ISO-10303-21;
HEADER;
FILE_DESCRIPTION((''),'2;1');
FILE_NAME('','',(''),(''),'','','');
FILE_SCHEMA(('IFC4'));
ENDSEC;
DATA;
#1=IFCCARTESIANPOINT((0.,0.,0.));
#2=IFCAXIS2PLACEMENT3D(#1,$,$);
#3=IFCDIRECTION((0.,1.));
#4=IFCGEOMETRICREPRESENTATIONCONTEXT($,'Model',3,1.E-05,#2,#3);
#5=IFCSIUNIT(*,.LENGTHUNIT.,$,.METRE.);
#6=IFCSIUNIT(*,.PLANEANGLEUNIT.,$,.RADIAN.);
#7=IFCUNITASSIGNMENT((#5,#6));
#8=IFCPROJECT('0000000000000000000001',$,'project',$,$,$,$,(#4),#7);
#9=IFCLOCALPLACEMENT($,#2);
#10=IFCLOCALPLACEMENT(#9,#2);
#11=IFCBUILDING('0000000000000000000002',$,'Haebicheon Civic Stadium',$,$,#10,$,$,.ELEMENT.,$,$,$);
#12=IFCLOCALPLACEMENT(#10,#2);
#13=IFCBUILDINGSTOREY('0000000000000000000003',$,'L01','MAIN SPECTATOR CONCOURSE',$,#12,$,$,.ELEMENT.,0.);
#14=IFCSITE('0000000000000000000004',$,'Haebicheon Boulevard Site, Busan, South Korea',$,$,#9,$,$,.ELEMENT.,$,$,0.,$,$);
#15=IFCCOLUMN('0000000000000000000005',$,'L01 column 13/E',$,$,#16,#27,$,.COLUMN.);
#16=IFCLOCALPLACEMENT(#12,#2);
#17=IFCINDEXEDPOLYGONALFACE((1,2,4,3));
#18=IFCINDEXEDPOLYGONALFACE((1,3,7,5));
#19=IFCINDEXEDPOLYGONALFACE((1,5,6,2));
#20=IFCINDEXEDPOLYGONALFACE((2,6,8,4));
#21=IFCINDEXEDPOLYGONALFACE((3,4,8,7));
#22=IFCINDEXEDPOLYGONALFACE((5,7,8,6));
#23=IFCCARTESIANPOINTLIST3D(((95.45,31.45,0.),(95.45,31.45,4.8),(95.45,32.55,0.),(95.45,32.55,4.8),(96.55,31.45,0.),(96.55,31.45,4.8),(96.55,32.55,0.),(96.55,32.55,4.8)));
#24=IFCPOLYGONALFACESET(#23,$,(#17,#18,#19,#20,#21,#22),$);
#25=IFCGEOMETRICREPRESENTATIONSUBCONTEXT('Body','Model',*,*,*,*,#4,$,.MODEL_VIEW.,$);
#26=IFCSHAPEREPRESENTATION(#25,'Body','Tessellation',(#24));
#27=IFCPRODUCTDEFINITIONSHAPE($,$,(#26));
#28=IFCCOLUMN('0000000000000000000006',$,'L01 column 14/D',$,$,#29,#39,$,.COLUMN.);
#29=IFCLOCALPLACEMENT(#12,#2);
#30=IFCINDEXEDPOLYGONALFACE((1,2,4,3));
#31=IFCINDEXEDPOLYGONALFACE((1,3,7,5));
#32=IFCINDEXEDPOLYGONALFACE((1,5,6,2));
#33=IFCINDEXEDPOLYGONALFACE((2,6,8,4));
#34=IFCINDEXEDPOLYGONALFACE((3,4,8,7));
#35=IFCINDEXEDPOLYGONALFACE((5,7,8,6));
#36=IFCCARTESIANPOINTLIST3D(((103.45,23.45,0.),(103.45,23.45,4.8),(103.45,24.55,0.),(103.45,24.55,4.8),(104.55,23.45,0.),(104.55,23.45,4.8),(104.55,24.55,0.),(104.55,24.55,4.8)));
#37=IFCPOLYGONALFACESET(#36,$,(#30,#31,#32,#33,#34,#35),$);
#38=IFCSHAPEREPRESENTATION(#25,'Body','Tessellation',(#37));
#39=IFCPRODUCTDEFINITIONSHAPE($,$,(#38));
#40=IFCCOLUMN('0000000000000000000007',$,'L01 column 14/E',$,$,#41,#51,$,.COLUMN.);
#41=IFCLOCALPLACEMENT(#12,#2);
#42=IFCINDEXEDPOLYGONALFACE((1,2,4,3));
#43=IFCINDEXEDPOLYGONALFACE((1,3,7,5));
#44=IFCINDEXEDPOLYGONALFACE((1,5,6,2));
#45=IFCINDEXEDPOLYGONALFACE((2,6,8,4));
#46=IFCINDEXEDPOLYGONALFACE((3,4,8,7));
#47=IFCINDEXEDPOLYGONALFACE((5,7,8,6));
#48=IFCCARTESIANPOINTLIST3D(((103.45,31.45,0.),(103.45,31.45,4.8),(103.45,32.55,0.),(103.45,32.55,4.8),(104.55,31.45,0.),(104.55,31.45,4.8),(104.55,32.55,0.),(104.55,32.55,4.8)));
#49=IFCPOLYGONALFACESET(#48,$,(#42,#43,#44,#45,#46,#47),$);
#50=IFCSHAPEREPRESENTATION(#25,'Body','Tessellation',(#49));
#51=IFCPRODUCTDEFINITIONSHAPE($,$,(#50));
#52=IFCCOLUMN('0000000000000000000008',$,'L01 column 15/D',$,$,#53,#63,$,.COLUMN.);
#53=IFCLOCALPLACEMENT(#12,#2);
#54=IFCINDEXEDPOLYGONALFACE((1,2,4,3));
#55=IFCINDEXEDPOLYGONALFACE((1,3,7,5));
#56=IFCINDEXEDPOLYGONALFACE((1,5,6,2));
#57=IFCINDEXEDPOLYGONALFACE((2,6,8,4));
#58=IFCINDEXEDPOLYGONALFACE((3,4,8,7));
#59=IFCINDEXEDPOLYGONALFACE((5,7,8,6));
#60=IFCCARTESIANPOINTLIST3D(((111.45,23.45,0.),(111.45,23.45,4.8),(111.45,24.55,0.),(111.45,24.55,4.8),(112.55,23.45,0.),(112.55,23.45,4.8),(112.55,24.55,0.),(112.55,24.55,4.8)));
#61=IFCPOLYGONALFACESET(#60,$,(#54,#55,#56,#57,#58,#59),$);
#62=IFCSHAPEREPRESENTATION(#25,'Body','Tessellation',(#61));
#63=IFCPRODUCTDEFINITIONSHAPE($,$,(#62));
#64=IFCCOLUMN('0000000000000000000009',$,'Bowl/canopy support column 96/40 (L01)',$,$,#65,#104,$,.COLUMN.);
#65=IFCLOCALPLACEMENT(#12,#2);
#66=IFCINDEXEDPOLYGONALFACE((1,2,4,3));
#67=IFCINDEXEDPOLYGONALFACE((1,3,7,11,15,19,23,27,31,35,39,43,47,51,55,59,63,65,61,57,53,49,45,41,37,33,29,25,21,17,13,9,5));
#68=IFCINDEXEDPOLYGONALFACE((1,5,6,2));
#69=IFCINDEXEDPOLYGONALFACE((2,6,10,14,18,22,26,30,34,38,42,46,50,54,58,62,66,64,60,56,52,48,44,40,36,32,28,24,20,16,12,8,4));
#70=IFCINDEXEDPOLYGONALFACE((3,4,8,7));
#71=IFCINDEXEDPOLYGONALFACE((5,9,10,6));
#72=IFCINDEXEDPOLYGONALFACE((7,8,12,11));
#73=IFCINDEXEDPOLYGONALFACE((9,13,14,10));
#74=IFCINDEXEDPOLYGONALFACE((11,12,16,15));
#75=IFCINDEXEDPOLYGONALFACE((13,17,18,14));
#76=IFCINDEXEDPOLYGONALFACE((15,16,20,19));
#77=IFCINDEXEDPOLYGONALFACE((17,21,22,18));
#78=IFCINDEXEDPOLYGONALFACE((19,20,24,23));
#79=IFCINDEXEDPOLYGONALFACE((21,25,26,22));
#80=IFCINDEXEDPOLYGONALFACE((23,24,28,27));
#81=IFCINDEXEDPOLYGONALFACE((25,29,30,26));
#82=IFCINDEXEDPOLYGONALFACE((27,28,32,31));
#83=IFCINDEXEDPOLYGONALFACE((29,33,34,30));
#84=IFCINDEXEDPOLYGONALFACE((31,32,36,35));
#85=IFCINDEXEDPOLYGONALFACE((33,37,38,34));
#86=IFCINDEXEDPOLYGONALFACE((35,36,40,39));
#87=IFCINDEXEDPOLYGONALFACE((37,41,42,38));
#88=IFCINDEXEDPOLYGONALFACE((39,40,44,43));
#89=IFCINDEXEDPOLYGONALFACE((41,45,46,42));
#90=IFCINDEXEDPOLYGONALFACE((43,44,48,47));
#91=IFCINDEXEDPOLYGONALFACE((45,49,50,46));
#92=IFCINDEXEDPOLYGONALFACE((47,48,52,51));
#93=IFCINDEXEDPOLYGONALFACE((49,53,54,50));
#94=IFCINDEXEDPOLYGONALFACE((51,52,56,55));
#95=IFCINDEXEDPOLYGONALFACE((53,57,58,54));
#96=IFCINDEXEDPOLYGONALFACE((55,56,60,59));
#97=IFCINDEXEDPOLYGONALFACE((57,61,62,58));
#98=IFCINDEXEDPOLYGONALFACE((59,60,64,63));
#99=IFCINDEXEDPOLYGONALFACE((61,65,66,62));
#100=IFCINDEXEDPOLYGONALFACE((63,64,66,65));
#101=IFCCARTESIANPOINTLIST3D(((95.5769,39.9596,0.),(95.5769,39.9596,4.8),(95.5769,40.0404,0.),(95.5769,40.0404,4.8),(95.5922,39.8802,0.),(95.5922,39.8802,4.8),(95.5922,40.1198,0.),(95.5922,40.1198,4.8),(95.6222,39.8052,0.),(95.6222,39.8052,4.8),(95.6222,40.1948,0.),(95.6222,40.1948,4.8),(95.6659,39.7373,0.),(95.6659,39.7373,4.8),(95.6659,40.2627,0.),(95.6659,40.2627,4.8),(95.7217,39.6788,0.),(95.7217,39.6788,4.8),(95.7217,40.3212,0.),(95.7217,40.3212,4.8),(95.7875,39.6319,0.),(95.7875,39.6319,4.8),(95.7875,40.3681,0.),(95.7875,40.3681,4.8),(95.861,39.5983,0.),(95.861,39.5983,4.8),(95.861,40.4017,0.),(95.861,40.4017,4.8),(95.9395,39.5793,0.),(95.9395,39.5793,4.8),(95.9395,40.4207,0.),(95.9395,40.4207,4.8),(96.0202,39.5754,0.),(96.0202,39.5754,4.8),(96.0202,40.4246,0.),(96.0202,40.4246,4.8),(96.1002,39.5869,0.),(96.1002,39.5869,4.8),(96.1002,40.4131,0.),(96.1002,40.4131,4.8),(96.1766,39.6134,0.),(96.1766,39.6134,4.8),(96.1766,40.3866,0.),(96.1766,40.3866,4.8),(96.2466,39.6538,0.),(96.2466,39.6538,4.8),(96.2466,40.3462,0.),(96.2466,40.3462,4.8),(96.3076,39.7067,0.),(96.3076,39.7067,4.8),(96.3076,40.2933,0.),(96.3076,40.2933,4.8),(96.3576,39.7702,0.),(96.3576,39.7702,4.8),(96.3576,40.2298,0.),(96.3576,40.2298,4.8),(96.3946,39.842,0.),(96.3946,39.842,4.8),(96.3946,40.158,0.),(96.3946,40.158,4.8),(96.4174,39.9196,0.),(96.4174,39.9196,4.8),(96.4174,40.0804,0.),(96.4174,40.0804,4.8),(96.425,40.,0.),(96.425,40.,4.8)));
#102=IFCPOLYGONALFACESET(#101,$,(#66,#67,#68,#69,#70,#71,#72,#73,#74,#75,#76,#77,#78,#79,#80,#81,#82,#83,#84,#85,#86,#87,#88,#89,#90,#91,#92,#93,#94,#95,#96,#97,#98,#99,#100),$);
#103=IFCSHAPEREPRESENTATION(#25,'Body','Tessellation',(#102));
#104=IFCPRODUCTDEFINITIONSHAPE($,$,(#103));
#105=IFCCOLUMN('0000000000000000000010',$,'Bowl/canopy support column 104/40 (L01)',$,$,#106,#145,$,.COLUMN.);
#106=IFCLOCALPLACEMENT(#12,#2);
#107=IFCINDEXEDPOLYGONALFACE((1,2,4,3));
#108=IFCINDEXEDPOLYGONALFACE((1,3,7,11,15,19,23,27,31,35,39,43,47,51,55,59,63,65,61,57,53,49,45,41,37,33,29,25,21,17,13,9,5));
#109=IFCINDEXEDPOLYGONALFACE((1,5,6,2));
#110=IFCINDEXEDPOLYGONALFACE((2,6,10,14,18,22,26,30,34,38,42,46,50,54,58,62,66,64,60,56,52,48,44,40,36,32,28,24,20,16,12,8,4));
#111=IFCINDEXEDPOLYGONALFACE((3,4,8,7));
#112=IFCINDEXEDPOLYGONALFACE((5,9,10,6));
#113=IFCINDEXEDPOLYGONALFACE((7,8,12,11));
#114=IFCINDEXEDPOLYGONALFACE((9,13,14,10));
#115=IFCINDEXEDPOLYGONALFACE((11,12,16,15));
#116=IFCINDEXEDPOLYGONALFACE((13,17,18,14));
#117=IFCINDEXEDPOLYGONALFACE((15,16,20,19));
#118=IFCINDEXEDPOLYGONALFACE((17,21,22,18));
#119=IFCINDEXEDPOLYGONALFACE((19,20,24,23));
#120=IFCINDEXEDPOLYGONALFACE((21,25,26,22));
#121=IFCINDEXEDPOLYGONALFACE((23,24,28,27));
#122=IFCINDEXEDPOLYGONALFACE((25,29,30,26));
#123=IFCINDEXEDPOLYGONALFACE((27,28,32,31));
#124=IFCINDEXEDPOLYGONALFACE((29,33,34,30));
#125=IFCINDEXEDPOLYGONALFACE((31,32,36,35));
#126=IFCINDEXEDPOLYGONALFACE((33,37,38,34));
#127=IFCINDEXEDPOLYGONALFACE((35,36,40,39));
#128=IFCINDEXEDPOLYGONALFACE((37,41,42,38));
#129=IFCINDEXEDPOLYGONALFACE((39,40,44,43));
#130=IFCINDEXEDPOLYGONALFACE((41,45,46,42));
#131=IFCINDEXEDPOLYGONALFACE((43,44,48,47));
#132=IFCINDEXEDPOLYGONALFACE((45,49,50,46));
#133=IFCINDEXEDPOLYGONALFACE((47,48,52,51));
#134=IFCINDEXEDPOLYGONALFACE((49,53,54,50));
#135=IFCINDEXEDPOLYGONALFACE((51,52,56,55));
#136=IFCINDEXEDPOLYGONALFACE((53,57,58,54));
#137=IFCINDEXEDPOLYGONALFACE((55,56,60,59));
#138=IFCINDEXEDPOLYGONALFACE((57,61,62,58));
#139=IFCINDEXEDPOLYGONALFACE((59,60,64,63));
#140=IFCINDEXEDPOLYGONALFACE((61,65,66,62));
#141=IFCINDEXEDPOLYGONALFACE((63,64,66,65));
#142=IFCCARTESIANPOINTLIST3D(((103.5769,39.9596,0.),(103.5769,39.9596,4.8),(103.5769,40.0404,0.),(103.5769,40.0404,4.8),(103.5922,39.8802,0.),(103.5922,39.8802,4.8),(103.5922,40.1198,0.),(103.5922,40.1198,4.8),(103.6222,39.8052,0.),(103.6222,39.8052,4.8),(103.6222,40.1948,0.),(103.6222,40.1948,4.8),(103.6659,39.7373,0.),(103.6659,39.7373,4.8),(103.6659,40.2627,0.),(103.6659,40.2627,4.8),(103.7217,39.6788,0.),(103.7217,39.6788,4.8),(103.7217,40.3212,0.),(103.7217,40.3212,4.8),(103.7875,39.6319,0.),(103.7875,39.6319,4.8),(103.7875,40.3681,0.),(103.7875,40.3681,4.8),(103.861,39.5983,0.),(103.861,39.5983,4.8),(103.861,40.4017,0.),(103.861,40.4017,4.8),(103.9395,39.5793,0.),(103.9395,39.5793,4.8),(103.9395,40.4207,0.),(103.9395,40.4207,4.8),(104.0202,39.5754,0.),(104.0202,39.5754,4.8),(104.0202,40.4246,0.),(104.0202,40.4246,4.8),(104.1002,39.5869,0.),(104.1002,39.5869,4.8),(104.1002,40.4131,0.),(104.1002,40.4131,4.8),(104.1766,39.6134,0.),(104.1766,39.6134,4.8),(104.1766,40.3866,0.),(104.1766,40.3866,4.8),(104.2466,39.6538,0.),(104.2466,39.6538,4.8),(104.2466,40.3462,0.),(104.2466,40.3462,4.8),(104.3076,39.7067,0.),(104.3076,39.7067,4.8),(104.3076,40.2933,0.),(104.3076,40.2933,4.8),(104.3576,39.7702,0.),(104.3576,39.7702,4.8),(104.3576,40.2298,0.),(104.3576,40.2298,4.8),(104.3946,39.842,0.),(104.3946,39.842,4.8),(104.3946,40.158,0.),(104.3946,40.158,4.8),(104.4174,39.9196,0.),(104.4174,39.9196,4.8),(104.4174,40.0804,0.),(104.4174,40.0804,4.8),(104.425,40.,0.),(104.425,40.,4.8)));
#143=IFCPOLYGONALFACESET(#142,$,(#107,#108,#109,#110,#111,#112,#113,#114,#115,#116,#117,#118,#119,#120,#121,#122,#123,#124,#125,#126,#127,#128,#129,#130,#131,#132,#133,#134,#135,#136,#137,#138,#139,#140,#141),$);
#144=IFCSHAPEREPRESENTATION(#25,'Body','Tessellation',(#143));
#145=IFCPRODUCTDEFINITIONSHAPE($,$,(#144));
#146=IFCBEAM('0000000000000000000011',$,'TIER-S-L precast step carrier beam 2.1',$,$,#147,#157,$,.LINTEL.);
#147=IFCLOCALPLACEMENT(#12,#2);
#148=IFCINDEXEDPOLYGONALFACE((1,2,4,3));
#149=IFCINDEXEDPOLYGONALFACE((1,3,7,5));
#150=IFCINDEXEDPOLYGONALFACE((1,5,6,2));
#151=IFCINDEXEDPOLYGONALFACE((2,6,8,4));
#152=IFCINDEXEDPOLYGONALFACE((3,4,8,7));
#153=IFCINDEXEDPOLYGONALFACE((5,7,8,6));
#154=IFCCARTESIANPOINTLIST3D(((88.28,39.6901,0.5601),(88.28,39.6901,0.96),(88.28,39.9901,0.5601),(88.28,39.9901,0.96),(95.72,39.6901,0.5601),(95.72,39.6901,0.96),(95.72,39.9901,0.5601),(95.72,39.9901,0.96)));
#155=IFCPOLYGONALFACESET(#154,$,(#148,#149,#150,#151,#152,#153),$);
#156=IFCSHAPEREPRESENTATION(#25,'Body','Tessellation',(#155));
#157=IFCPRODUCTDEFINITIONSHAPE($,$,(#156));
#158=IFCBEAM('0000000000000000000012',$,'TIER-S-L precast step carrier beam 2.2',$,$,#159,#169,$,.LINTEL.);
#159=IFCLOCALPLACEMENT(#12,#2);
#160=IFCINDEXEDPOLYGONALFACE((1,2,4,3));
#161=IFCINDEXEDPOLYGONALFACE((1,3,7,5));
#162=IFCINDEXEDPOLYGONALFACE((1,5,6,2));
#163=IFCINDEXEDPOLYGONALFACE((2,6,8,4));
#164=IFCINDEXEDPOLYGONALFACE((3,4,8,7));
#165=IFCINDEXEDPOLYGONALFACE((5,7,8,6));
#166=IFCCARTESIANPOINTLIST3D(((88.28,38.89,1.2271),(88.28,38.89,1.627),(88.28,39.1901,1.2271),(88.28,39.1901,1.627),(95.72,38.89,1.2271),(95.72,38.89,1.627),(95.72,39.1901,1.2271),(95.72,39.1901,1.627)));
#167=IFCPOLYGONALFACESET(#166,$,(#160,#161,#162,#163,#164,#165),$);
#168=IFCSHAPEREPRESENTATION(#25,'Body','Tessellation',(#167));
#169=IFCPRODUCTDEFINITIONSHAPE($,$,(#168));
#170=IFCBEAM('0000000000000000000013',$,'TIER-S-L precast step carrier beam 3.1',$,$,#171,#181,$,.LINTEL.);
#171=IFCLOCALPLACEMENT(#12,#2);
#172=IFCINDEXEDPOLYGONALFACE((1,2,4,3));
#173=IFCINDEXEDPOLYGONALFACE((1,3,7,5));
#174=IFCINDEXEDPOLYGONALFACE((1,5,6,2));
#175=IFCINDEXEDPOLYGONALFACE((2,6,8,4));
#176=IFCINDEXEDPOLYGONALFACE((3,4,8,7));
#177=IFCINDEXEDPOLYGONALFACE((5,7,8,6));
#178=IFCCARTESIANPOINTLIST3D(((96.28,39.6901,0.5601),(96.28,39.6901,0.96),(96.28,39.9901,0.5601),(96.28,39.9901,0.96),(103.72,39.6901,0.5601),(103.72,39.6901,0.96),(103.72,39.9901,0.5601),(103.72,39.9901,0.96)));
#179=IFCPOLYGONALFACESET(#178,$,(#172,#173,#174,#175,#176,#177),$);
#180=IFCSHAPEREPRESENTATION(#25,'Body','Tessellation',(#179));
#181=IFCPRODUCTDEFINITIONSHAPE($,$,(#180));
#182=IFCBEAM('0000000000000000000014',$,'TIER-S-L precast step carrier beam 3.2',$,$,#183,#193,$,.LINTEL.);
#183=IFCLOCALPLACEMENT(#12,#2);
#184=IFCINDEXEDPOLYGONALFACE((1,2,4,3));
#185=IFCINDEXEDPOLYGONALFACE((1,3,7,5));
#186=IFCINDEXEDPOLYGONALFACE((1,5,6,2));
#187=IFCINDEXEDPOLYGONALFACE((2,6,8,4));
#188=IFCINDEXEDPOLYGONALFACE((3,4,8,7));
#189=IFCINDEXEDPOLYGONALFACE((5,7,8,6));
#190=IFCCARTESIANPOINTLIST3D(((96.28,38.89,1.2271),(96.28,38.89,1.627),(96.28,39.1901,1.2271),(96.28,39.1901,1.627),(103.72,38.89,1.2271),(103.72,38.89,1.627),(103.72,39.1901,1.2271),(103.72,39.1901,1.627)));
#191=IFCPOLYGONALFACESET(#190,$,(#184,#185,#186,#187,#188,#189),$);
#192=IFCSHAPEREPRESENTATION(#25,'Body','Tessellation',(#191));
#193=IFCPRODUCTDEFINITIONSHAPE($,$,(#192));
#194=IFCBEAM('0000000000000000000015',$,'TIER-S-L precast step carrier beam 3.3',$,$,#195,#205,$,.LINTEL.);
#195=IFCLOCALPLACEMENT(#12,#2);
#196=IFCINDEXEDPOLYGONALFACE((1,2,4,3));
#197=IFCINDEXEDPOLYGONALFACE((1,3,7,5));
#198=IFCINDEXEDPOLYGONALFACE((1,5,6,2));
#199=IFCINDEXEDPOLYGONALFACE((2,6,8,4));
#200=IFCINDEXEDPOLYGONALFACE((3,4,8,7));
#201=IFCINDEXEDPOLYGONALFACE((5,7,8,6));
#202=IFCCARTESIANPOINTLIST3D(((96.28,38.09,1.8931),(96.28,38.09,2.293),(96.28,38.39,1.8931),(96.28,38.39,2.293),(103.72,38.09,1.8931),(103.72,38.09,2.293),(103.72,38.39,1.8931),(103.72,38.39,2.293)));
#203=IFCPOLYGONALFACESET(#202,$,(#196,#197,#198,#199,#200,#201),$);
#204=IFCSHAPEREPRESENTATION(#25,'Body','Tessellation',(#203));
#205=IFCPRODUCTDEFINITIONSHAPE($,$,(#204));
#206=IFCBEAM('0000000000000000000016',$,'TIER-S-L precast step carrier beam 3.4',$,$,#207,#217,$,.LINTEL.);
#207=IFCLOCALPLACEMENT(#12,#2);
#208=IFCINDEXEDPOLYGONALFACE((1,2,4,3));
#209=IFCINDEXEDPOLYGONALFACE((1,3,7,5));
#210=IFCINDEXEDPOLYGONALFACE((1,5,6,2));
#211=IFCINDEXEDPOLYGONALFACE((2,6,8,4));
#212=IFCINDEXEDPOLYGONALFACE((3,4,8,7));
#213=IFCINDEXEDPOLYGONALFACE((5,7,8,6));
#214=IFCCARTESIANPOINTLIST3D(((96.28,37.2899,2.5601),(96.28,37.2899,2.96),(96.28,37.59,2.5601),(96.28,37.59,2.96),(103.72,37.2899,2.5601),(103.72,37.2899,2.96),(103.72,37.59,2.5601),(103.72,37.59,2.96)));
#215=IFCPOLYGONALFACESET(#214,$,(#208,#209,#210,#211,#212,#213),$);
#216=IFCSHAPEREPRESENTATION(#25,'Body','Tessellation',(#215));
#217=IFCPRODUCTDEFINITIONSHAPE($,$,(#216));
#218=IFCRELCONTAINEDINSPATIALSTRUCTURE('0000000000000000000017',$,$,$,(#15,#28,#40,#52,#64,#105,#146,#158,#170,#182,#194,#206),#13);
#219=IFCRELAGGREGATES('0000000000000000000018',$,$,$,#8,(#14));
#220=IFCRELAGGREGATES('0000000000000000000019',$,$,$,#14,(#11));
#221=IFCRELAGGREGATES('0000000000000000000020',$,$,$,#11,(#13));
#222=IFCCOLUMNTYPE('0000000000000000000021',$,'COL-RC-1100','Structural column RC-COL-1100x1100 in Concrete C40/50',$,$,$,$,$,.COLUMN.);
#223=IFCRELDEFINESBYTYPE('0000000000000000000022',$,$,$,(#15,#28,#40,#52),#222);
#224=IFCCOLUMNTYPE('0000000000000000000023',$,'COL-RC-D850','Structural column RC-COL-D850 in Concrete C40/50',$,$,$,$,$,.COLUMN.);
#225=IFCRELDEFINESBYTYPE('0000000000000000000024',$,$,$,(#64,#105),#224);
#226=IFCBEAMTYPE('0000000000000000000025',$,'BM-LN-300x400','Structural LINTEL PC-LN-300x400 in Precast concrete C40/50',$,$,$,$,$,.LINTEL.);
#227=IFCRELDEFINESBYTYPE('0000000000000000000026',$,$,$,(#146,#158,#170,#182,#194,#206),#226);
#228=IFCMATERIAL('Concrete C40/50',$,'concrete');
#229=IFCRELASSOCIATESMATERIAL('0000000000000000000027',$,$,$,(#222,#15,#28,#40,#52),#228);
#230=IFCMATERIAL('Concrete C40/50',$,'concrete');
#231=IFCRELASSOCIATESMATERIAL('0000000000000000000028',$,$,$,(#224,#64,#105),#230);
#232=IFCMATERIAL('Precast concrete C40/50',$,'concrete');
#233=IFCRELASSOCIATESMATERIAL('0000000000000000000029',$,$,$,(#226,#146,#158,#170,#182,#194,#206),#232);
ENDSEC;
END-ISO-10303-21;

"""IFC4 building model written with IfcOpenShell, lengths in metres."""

from ifc_helpers import new_model, si_unit, direction, frame, origin, origin_2d, place, context, subcontext, project, spatial, rectangle, circle, extrude, material, material_profile, profile_set, type_object, element, save


model = new_model("IFC4")

# Units and contexts
model_context = context("Model", 3, precision=1e-05, world=origin(), true_north=direction((0.0, 1.0)))
body_context = subcontext(model_context, "Body", "Model", "MODEL_VIEW")
ifc_project = project(units=[si_unit("LENGTHUNIT", "METRE"), si_unit("PLANEANGLEUNIT", "RADIAN")], contexts=[model_context])

# Site, building, storey
site_placement = place(None, origin())
site = spatial("IfcSite", under=ifc_project, at=site_placement, Name="Haebicheon Boulevard Site, Busan, South Korea", CompositionType="ELEMENT", RefElevation=0.0)
building_placement = place(site_placement, origin())
building = spatial("IfcBuilding", under=site, at=building_placement, Name="Haebicheon Civic Stadium", CompositionType="ELEMENT")
storey_placement = place(building_placement, origin())
storey = spatial("IfcBuildingStorey", under=building, at=storey_placement, Name="L01", Description="MAIN SPECTATOR CONCOURSE", CompositionType="ELEMENT", Elevation=0.0)

# Columns
ifc_material_1 = material(Name="Concrete C40/50", Category="concrete")
ifc_material_profile_1 = material_profile(ifc_material_1, rectangle(XDim=1.1001, YDim=1.1001, at=origin_2d()), Name="RC-COL-1100x1100")
ifc_profile_set_1 = profile_set([ifc_material_profile_1], Name="Concrete C40/50")
column_type_1 = type_object("IfcColumnType", Name="COL-RC-1100", Description="Structural column RC-COL-1100x1100 in Concrete C40/50", PredefinedType="COLUMN", material=ifc_profile_set_1)
for number, where, z_axis, x_axis, name in (
    (1, (96.0, 32.0, 0.0), (0.0, 0.0, 1.0), (1.0, 0.0, 0.0), "L01 column 13/E"),
    (2, (104.0, 24.0, 0.0), (0.0, 0.0, 1.0), (1.0, 0.0, 0.0), "L01 column 14/D"),
    (3, (104.0, 32.0, 0.0), (0.0, 0.0, 1.0), (1.0, 0.0, 0.0), "L01 column 14/E"),
    (4, (112.0, 24.0, 0.0), (0.0, 0.0, 1.0), (1.0, 0.0, 0.0), "L01 column 15/D"),
):
    element("IfcColumn", number, at=place(storey_placement, frame(where, z_axis=z_axis, x_axis=x_axis)), inside=storey, type_object=column_type_1, material=ifc_profile_set_1, Name=name, PredefinedType="COLUMN", context=body_context, shape_type="SweptSolid", body=[
        extrude(rectangle(XDim=1.1001, YDim=1.1001, at=origin_2d()), origin(), (0.0, 0.0, 1.0), 4.8),
    ])
ifc_material_2 = material(Name="Concrete C40/50", Category="concrete")
ifc_material_profile_2 = material_profile(ifc_material_2, circle(Radius=0.425, at=origin_2d()), Name="RC-COL-D850")
ifc_profile_set_2 = profile_set([ifc_material_profile_2], Name="Concrete C40/50")
column_type_2 = type_object("IfcColumnType", Name="COL-RC-D850", Description="Structural column RC-COL-D850 in Concrete C40/50", PredefinedType="COLUMN", material=ifc_profile_set_2)
for number, where, z_axis, x_axis, name in (
    (5, (96.0, 40.0, 0.0), (0.0, 0.0, 1.0), (1.0, 0.0, 0.0), "Bowl/canopy support column 96/40 (L01)"),
    (6, (104.0, 40.0, 0.0), (0.0, 0.0, 1.0), (1.0, 0.0, 0.0), "Bowl/canopy support column 104/40 (L01)"),
):
    element("IfcColumn", number, at=place(storey_placement, frame(where, z_axis=z_axis, x_axis=x_axis)), inside=storey, type_object=column_type_2, material=ifc_profile_set_2, Name=name, PredefinedType="COLUMN", context=body_context, shape_type="SweptSolid", body=[
        extrude(circle(Radius=0.425, at=origin_2d()), origin(), (0.0, 0.0, 1.0), 4.8),
    ])

# Beams
ifc_material_3 = material(Name="Precast concrete C40/50", Category="concrete")
ifc_material_profile_3 = material_profile(ifc_material_3, rectangle(XDim=0.3, YDim=0.3999, at=origin_2d()), Name="PC-LN-300x400")
ifc_profile_set_3 = profile_set([ifc_material_profile_3], Name="Precast concrete C40/50")
beam_type_1 = type_object("IfcBeamType", Name="BM-LN-300x400", Description="Structural LINTEL PC-LN-300x400 in Precast concrete C40/50", PredefinedType="LINTEL", material=ifc_profile_set_3)
for number, where, z_axis, x_axis, name in (
    (7, (88.28, 39.8401, 0.76), (1.0, 0.0, 0.0), (0.0, 1.0, 0.0), "TIER-S-L precast step carrier beam 2.1"),
    (8, (88.28, 39.04, 1.427), (1.0, 0.0, 0.0), (0.0, 1.0, 0.0), "TIER-S-L precast step carrier beam 2.2"),
    (9, (96.28, 39.8401, 0.76), (1.0, 0.0, 0.0), (0.0, 1.0, 0.0), "TIER-S-L precast step carrier beam 3.1"),
    (10, (96.28, 39.04, 1.427), (1.0, 0.0, 0.0), (0.0, 1.0, 0.0), "TIER-S-L precast step carrier beam 3.2"),
    (11, (96.28, 38.24, 2.093), (1.0, 0.0, 0.0), (0.0, 1.0, 0.0), "TIER-S-L precast step carrier beam 3.3"),
    (12, (96.28, 37.4399, 2.76), (1.0, 0.0, 0.0), (0.0, 1.0, 0.0), "TIER-S-L precast step carrier beam 3.4"),
):
    element("IfcBeam", number, at=place(storey_placement, frame(where, z_axis=z_axis, x_axis=x_axis)), inside=storey, type_object=beam_type_1, material=ifc_profile_set_3, Name=name, PredefinedType="LINTEL", context=body_context, shape_type="SweptSolid", body=[
        extrude(rectangle(XDim=0.3, YDim=0.3999, at=origin_2d()), origin(), (0.0, 0.0, 1.0), 7.4399),
    ])

save(model, "model.ifc")
